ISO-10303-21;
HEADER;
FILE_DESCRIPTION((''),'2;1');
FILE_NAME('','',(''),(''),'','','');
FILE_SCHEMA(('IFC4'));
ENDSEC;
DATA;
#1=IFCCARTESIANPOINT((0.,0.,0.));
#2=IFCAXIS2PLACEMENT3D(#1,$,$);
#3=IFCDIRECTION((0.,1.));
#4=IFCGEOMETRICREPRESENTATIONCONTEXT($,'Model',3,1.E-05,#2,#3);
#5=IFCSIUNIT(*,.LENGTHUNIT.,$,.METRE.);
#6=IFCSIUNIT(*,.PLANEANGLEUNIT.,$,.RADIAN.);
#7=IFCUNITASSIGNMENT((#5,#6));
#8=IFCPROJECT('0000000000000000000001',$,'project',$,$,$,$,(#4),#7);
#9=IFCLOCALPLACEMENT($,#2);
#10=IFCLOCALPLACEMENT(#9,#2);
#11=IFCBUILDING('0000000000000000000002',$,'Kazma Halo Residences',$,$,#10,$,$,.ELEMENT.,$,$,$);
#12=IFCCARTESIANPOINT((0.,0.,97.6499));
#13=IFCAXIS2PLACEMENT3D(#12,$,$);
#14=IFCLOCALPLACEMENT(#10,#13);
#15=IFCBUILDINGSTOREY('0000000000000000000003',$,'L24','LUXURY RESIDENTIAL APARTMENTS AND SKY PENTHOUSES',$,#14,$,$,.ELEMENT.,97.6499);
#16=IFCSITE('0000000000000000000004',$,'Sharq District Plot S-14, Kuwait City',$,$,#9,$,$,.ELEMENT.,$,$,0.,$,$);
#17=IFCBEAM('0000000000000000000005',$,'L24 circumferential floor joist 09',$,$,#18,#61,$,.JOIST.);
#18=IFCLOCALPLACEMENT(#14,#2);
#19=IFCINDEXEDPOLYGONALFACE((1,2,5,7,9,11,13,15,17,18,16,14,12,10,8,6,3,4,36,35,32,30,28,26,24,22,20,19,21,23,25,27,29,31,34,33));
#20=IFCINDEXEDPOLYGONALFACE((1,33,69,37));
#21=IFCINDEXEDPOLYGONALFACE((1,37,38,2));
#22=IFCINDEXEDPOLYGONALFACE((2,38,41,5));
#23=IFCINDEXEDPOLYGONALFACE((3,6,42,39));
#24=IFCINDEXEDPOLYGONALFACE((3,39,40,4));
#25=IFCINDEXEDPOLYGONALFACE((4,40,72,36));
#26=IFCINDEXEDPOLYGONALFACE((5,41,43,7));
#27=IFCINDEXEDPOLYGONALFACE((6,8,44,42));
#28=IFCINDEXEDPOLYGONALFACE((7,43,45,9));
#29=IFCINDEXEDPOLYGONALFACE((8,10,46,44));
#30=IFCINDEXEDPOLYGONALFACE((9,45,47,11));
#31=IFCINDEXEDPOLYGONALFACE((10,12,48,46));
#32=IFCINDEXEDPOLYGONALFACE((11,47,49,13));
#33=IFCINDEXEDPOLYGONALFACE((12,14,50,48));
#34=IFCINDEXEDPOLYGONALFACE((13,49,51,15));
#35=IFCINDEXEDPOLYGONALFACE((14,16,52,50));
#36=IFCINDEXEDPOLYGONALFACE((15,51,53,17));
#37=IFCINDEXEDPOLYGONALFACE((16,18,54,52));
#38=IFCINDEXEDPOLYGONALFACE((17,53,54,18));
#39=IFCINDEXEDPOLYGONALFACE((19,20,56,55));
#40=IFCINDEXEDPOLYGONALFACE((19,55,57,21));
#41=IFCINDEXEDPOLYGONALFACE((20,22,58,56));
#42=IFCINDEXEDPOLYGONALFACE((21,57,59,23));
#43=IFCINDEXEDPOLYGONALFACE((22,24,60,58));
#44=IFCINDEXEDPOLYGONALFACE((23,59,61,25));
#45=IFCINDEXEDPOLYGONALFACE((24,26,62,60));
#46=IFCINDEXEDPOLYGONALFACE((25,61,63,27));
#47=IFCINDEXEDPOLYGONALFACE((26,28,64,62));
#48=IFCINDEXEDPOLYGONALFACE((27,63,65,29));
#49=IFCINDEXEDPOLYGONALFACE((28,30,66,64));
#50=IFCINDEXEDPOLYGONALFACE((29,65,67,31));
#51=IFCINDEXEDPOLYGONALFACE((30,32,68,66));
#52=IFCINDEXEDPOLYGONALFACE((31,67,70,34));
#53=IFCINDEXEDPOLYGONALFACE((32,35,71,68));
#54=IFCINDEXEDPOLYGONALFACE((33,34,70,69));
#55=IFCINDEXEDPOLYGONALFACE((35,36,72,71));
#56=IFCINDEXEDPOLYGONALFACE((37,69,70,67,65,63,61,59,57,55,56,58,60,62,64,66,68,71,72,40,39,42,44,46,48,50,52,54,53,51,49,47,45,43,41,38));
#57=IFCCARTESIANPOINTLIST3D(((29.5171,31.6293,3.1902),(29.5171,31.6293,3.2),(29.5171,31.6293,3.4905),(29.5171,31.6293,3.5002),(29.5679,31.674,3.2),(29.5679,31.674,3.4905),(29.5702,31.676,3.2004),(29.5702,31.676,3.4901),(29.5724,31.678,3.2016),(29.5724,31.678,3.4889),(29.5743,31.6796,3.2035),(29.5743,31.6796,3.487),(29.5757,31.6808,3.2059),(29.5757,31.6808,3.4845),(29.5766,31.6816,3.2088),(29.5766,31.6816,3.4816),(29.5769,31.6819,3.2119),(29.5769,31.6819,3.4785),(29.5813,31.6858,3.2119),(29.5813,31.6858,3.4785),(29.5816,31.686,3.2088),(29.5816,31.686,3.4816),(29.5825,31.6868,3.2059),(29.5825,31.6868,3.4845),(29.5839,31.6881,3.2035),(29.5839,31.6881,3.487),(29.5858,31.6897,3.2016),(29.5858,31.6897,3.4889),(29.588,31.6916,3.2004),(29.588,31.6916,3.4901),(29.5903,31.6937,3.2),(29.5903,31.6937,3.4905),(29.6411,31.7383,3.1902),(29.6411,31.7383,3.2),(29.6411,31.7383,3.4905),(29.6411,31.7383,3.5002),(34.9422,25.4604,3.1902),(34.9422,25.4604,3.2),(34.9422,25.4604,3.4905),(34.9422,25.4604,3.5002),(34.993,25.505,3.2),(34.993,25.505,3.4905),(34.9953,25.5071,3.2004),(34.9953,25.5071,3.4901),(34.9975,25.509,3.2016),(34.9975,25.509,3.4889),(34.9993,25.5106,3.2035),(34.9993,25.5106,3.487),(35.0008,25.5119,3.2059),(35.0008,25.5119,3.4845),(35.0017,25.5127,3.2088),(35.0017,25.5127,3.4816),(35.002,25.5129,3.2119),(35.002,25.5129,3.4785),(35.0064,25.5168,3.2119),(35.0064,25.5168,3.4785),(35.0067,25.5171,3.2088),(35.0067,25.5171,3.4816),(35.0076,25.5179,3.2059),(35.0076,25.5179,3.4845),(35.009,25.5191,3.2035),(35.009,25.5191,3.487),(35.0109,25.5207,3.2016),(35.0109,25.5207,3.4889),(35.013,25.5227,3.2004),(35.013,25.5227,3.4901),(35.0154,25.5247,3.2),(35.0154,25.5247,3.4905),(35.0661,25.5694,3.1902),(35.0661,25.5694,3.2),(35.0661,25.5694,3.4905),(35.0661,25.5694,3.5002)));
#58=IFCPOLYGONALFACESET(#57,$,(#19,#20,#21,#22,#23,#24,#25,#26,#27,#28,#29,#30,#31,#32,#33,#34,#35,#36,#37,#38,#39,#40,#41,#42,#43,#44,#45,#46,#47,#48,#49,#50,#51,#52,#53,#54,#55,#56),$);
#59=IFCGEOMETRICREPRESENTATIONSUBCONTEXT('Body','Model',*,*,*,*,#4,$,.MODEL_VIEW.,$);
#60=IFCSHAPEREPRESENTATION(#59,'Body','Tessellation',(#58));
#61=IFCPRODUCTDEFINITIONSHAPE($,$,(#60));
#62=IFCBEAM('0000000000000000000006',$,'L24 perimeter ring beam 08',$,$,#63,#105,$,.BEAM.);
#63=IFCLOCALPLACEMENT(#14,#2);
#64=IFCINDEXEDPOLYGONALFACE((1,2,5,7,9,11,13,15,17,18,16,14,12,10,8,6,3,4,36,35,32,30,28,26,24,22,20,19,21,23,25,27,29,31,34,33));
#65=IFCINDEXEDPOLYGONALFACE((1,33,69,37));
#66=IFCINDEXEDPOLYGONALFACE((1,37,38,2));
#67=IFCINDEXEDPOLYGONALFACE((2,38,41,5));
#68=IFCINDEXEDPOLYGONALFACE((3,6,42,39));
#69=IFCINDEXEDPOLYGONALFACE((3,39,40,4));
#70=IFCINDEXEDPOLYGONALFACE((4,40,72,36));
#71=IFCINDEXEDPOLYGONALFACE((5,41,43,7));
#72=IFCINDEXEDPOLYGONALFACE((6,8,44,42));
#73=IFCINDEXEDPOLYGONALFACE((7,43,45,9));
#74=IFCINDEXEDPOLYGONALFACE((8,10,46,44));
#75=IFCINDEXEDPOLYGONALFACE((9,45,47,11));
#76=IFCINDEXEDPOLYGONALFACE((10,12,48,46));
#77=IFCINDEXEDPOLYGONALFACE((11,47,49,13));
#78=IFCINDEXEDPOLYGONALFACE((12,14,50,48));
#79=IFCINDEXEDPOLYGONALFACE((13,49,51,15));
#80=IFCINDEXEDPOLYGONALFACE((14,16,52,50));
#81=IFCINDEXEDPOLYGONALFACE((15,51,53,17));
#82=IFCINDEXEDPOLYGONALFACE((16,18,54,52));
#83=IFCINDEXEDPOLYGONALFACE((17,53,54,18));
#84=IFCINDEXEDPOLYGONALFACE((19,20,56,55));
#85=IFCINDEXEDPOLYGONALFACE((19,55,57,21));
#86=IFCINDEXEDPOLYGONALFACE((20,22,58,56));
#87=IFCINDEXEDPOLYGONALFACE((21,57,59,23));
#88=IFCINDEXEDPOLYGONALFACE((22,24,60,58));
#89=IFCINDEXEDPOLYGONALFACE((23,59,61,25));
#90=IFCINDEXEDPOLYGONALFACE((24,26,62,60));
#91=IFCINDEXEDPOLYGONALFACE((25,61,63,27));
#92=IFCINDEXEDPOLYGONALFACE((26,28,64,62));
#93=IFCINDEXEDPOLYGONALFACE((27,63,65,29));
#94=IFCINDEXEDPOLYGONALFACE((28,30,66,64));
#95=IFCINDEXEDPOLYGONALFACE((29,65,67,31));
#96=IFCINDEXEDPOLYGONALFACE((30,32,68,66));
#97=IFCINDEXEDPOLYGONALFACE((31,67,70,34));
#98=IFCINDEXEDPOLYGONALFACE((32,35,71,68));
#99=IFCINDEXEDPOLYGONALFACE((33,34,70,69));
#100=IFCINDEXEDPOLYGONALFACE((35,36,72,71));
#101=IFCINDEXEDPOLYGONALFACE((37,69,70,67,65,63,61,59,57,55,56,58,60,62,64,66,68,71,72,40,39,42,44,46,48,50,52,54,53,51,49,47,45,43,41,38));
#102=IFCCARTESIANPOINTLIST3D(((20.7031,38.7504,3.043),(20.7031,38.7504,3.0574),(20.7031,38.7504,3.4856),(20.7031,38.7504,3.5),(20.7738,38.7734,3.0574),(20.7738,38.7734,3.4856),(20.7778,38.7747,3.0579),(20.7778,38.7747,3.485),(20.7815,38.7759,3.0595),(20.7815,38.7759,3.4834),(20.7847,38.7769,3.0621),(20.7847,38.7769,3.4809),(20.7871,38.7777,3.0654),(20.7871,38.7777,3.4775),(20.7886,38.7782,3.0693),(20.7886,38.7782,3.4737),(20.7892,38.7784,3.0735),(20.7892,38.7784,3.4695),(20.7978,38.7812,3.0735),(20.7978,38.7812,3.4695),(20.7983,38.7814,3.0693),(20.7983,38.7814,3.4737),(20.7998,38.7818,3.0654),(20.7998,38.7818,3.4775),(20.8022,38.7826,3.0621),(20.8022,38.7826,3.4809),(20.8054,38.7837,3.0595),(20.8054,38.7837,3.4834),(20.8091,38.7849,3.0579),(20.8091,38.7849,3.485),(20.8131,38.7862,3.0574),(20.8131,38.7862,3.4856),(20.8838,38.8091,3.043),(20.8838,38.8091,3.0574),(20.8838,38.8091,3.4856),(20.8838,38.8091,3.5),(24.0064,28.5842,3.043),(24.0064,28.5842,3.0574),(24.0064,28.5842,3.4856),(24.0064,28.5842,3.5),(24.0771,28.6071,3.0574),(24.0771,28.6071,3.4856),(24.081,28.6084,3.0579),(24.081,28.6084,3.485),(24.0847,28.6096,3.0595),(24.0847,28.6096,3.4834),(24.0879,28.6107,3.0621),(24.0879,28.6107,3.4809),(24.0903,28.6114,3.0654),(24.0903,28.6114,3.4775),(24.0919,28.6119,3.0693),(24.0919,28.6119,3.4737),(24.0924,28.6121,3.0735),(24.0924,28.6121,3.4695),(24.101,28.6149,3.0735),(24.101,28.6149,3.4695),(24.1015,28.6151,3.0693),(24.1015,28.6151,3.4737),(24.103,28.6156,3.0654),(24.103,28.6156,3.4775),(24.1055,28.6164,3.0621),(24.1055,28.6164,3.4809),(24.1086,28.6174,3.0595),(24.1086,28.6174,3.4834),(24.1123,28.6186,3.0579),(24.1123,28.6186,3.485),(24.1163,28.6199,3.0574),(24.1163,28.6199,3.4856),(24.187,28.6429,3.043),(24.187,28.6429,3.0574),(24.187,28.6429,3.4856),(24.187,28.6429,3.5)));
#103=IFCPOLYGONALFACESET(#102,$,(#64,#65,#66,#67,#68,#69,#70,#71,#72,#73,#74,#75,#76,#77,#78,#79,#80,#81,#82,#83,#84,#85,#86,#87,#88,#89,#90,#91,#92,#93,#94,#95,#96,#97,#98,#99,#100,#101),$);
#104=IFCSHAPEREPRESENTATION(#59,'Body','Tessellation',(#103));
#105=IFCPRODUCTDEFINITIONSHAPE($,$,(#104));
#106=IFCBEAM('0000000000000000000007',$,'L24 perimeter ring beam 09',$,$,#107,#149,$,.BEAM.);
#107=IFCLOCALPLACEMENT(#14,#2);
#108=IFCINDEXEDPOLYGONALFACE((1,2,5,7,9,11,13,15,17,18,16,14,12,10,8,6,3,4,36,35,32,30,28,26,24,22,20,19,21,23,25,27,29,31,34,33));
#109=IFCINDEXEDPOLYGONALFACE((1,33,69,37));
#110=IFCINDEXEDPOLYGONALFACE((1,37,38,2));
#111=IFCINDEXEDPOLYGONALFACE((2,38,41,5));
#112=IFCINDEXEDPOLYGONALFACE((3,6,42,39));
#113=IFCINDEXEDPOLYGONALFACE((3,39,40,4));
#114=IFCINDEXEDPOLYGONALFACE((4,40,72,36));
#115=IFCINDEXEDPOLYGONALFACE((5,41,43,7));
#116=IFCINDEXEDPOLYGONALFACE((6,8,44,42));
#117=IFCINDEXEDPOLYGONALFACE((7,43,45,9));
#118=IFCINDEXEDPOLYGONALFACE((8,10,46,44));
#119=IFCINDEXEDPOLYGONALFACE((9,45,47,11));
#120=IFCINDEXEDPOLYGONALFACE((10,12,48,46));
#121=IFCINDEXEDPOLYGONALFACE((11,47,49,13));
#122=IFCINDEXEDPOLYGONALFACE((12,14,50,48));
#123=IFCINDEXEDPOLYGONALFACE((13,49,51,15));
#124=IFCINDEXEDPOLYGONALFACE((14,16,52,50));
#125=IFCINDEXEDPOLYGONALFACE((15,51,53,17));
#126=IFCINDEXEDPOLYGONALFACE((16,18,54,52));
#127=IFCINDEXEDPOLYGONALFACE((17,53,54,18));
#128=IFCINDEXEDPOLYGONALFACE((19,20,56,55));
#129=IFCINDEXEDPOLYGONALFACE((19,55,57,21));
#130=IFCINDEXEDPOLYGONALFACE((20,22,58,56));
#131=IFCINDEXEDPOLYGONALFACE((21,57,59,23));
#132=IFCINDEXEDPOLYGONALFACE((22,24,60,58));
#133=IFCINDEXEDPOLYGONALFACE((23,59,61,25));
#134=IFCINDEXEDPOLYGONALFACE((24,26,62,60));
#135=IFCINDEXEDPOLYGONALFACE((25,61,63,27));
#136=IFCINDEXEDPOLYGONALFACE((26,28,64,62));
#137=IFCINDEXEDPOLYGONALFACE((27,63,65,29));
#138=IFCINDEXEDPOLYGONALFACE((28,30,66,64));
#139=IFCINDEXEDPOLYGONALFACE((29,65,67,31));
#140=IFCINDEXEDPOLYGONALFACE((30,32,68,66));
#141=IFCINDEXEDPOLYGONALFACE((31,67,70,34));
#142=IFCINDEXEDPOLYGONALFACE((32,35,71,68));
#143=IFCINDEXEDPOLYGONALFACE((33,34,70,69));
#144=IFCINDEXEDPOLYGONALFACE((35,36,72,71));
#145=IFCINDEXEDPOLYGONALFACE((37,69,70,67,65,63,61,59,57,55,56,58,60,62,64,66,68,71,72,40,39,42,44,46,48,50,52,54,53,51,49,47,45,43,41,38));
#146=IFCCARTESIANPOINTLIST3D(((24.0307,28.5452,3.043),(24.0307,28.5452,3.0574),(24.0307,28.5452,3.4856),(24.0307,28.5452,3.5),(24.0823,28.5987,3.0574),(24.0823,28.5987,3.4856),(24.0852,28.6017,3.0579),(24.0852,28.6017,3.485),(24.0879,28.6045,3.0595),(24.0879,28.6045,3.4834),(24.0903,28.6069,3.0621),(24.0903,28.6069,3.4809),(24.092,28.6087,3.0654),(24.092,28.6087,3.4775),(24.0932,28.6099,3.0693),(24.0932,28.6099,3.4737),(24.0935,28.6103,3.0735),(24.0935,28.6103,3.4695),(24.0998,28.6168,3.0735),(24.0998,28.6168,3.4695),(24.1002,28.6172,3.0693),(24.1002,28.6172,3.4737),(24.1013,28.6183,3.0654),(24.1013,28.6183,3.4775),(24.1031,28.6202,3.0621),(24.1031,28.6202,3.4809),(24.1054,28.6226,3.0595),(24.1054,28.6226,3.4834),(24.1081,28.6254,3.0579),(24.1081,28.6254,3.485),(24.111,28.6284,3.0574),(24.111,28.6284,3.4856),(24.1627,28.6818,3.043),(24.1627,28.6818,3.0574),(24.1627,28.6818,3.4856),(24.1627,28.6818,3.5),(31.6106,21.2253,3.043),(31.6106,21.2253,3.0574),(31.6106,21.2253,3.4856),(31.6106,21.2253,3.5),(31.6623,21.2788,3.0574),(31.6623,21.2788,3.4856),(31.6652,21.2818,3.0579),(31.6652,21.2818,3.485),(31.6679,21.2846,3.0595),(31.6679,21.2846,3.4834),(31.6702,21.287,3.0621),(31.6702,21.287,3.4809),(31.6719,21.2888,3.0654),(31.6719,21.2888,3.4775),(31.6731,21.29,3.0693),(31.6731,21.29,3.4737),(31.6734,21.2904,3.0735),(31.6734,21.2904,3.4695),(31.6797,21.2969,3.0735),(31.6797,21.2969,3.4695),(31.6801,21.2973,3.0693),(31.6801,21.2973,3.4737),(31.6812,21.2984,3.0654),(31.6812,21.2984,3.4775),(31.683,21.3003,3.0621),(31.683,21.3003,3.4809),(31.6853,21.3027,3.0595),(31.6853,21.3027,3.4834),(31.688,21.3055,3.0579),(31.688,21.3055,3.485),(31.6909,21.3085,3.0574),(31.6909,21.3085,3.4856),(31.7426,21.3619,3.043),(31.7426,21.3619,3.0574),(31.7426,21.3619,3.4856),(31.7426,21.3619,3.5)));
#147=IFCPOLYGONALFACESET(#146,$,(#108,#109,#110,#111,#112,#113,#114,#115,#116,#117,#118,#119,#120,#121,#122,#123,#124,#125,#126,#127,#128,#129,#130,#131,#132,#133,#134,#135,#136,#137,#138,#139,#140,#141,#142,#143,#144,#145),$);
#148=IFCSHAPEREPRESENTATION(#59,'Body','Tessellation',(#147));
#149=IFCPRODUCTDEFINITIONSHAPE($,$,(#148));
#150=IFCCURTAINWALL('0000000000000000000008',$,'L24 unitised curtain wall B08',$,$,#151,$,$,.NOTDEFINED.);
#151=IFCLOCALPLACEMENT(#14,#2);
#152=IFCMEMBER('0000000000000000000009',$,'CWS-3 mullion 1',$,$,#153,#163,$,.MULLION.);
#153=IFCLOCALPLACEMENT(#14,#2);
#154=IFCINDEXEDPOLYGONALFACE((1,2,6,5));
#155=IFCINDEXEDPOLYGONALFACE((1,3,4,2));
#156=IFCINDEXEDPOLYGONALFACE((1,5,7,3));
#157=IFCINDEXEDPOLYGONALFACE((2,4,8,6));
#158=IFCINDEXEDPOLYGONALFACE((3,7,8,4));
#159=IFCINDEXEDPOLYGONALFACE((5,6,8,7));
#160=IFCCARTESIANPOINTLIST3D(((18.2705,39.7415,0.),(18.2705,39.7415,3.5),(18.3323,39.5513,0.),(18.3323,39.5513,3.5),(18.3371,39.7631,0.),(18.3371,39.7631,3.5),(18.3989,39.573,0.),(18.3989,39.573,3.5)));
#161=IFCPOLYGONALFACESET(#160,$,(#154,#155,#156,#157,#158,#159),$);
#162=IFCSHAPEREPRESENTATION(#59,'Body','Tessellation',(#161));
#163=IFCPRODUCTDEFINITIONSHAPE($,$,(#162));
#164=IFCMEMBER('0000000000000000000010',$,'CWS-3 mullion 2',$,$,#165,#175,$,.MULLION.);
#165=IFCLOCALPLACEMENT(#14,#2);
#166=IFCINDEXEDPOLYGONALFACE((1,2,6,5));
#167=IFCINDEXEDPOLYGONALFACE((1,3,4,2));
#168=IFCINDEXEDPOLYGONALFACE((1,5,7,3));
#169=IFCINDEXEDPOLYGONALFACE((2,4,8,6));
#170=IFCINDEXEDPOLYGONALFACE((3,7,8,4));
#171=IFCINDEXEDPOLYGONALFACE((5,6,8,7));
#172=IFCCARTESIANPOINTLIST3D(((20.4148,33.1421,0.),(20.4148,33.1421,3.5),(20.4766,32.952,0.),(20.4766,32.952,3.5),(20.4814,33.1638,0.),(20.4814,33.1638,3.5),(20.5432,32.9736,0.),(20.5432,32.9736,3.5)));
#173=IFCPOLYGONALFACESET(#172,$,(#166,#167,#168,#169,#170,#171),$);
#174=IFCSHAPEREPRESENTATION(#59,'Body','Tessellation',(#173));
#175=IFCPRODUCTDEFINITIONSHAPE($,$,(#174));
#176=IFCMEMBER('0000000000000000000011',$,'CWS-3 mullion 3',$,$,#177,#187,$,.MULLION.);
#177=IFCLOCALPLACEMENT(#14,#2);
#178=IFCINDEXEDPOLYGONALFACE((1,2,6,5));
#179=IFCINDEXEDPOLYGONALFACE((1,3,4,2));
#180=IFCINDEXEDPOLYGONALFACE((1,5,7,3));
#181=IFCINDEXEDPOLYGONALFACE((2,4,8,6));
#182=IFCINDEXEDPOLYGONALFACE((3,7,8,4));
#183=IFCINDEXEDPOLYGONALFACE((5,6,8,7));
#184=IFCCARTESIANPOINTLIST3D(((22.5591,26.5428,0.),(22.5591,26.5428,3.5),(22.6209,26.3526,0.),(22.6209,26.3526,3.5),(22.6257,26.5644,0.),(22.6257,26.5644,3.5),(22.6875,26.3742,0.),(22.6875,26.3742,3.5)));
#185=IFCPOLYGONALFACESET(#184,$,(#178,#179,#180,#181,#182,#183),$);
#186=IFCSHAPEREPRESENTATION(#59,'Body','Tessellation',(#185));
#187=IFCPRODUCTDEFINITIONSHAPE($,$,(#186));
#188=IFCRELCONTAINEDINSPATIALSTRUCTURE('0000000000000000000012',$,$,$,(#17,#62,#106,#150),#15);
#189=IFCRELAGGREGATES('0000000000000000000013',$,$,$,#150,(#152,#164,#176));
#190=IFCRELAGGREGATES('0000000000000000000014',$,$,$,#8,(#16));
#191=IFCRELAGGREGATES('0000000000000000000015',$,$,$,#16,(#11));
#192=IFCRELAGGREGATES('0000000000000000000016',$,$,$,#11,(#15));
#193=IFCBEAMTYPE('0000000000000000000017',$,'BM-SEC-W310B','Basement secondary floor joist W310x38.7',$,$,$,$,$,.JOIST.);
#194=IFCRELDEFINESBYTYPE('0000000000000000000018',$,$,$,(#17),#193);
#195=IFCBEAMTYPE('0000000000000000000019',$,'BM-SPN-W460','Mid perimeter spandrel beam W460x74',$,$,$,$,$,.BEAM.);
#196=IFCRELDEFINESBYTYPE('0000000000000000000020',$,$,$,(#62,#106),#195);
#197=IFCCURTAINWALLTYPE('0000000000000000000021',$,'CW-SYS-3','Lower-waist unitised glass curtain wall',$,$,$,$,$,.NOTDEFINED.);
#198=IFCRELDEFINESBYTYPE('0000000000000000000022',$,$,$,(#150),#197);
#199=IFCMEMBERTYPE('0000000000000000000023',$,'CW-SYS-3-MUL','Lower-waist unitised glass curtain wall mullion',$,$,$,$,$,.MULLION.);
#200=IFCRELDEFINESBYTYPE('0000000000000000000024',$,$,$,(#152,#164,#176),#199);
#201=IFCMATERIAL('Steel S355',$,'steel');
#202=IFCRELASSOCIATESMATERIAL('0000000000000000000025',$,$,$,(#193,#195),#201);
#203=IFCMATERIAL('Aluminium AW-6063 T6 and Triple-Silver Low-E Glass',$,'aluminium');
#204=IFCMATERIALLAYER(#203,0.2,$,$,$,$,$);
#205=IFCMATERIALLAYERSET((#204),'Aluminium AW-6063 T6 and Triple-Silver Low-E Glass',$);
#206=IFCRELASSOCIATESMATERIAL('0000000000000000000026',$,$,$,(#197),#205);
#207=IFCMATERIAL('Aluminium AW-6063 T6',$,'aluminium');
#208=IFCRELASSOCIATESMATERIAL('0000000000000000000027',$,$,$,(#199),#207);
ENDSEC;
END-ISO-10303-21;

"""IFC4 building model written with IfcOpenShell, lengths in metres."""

from ifc_helpers import new_model, si_unit, direction, frame, origin, origin_2d, place, context, subcontext, project, spatial, rectangle, i_section, extrude, material, layer, layer_set, material_profile, profile_set, type_object, element, aggregate, save


model = new_model("IFC4")

# Units and contexts
model_context = context("Model", 3, precision=1e-05, world=origin(), true_north=direction((0.0, 1.0)))
body_context = subcontext(model_context, "Body", "Model", "MODEL_VIEW")
ifc_project = project(units=[si_unit("LENGTHUNIT", "METRE"), si_unit("PLANEANGLEUNIT", "RADIAN")], contexts=[model_context])

# Site, building, storey
site_placement = place(None, origin())
site = spatial("IfcSite", under=ifc_project, at=site_placement, Name="Sharq District Plot S-14, Kuwait City", CompositionType="ELEMENT", RefElevation=0.0)
building_placement = place(site_placement, origin())
building = spatial("IfcBuilding", under=site, at=building_placement, Name="Kazma Halo Residences", CompositionType="ELEMENT")
storey_placement = place(building_placement, frame((0.0, 0.0, 97.6499)))
storey = spatial("IfcBuildingStorey", under=building, at=storey_placement, Name="L24", Description="LUXURY RESIDENTIAL APARTMENTS AND SKY PENTHOUSES", CompositionType="ELEMENT", Elevation=97.6499)

# Beams
ifc_material_1 = material(Name="Steel S355", Category="steel")
ifc_material_profile_1 = material_profile(ifc_material_1, i_section(OverallWidth=0.165, OverallDepth=0.3101, WebThickness=0.0059, FlangeThickness=0.0098, FilletRadius=0.012, at=origin_2d()), Name="W310x38.7")
ifc_profile_set_1 = profile_set([ifc_material_profile_1], Name="Steel S355")
beam_type_1 = type_object("IfcBeamType", Name="BM-SEC-W310B", Description="Basement secondary floor joist W310x38.7", PredefinedType="JOIST", material=ifc_profile_set_1)
beam_1_placement = place(storey_placement, frame((29.5791, 31.6838, 3.3452), z_axis=(0.660379, -0.750932, 0.0), x_axis=(0.750932, 0.660379, 0.0)))
element("IfcBeam", 1, at=beam_1_placement, inside=storey, type_object=beam_type_1, Name="L24 circumferential floor joist 09", PredefinedType="JOIST", context=body_context, shape_type="SweptSolid", body=[
    extrude(i_section(OverallWidth=0.165, OverallDepth=0.3101, WebThickness=0.0059, FlangeThickness=0.0098, FilletRadius=0.012, at=origin_2d()), origin(), (0.0, 0.0, 1.0), 8.2151),
])
ifc_material_profile_2 = material_profile(ifc_material_1, i_section(OverallWidth=0.1899, OverallDepth=0.457, WebThickness=0.009, FlangeThickness=0.0144, FilletRadius=0.0161, at=origin_2d()), Name="W460x74")
ifc_profile_set_2 = profile_set([ifc_material_profile_2], Name="Steel S355")
beam_type_2 = type_object("IfcBeamType", Name="BM-SPN-W460", Description="Mid perimeter spandrel beam W460x74", PredefinedType="BEAM", material=ifc_profile_set_2)
beam_2_placement = place(storey_placement, frame((20.7935, 38.7798, 3.2715), z_axis=(0.309017, -0.951056, 0.0), x_axis=(0.951056, 0.309017, 0.0)))
element("IfcBeam", 2, at=beam_2_placement, inside=storey, type_object=beam_type_2, Name="L24 perimeter ring beam 08", PredefinedType="BEAM", context=body_context, shape_type="SweptSolid", body=[
    extrude(i_section(OverallWidth=0.1899, OverallDepth=0.457, WebThickness=0.009, FlangeThickness=0.0144, FilletRadius=0.0161, at=origin_2d()), origin(), (0.0, 0.0, 1.0), 10.6895),
])
beam_3_placement = place(storey_placement, frame((24.0967, 28.6135, 3.2715), z_axis=(0.719337, -0.694661, 0.0), x_axis=(0.694661, 0.719337, 0.0)))
element("IfcBeam", 3, at=beam_3_placement, inside=storey, type_object=beam_type_2, Name="L24 perimeter ring beam 09", PredefinedType="BEAM", context=body_context, shape_type="SweptSolid", body=[
    extrude(i_section(OverallWidth=0.1899, OverallDepth=0.457, WebThickness=0.009, FlangeThickness=0.0144, FilletRadius=0.0161, at=origin_2d()), origin(), (0.0, 0.0, 1.0), 10.5374),
])

# Curtain wall, members
ifc_material_2 = material(Name="Aluminium AW-6063 T6 and Triple-Silver Low-E Glass", Category="aluminium")
ifc_layer_1 = layer(ifc_material_2, 0.2)
ifc_layer_set_1 = layer_set([ifc_layer_1], Name="Aluminium AW-6063 T6 and Triple-Silver Low-E Glass")
curtain_wall_type = type_object("IfcCurtainWallType", Name="CW-SYS-3", Description="Lower-waist unitised glass curtain wall", PredefinedType="NOTDEFINED", material=ifc_layer_set_1)
curtain_wall_placement = place(storey_placement, origin())
curtain_wall = element("IfcCurtainWall", 4, at=curtain_wall_placement, inside=storey, type_object=curtain_wall_type, Name="L24 unitised curtain wall B08", PredefinedType="NOTDEFINED")
ifc_material_3 = material(Name="Aluminium AW-6063 T6", Category="aluminium")
ifc_material_profile_3 = material_profile(ifc_material_3, rectangle(XDim=0.0701, YDim=0.2, at=origin_2d()), Name="CWM-70x200")
ifc_profile_set_3 = profile_set([ifc_material_profile_3], Name="Aluminium AW-6063 T6")
member_type_1 = type_object("IfcMemberType", Name="CW-SYS-3-MUL", Description="Lower-waist unitised glass curtain wall mullion", PredefinedType="MULLION", material=ifc_profile_set_3)
member_1_placement = place(storey_placement, frame((18.3347, 39.6572, 0.0), z_axis=(0.0, 0.0, 1.0), x_axis=(0.951058, 0.309013, 0.0)))
member_1 = element("IfcMember", 5, at=member_1_placement, type_object=member_type_1, Name="CWS-3 mullion 1", PredefinedType="MULLION", context=body_context, shape_type="SweptSolid", body=[
    extrude(rectangle(XDim=0.0701, YDim=0.2, at=origin_2d()), origin(), (0.0, 0.0, 1.0), 3.5),
])
member_2_placement = place(storey_placement, frame((20.479, 33.0579, 0.0), z_axis=(0.0, 0.0, 1.0), x_axis=(0.951058, 0.309013, 0.0)))
member_2 = element("IfcMember", 6, at=member_2_placement, type_object=member_type_1, Name="CWS-3 mullion 2", PredefinedType="MULLION", context=body_context, shape_type="SweptSolid", body=[
    extrude(rectangle(XDim=0.0701, YDim=0.2, at=origin_2d()), origin(), (0.0, 0.0, 1.0), 3.5),
])
member_3_placement = place(storey_placement, frame((22.6233, 26.4585, 0.0), z_axis=(0.0, 0.0, 1.0), x_axis=(0.951058, 0.309013, 0.0)))
member_3 = element("IfcMember", 7, at=member_3_placement, type_object=member_type_1, Name="CWS-3 mullion 3", PredefinedType="MULLION", context=body_context, shape_type="SweptSolid", body=[
    extrude(rectangle(XDim=0.0701, YDim=0.2, at=origin_2d()), origin(), (0.0, 0.0, 1.0), 3.5),
])
aggregate(curtain_wall, [member_1, member_2, member_3])

save(model, "model.ifc")
